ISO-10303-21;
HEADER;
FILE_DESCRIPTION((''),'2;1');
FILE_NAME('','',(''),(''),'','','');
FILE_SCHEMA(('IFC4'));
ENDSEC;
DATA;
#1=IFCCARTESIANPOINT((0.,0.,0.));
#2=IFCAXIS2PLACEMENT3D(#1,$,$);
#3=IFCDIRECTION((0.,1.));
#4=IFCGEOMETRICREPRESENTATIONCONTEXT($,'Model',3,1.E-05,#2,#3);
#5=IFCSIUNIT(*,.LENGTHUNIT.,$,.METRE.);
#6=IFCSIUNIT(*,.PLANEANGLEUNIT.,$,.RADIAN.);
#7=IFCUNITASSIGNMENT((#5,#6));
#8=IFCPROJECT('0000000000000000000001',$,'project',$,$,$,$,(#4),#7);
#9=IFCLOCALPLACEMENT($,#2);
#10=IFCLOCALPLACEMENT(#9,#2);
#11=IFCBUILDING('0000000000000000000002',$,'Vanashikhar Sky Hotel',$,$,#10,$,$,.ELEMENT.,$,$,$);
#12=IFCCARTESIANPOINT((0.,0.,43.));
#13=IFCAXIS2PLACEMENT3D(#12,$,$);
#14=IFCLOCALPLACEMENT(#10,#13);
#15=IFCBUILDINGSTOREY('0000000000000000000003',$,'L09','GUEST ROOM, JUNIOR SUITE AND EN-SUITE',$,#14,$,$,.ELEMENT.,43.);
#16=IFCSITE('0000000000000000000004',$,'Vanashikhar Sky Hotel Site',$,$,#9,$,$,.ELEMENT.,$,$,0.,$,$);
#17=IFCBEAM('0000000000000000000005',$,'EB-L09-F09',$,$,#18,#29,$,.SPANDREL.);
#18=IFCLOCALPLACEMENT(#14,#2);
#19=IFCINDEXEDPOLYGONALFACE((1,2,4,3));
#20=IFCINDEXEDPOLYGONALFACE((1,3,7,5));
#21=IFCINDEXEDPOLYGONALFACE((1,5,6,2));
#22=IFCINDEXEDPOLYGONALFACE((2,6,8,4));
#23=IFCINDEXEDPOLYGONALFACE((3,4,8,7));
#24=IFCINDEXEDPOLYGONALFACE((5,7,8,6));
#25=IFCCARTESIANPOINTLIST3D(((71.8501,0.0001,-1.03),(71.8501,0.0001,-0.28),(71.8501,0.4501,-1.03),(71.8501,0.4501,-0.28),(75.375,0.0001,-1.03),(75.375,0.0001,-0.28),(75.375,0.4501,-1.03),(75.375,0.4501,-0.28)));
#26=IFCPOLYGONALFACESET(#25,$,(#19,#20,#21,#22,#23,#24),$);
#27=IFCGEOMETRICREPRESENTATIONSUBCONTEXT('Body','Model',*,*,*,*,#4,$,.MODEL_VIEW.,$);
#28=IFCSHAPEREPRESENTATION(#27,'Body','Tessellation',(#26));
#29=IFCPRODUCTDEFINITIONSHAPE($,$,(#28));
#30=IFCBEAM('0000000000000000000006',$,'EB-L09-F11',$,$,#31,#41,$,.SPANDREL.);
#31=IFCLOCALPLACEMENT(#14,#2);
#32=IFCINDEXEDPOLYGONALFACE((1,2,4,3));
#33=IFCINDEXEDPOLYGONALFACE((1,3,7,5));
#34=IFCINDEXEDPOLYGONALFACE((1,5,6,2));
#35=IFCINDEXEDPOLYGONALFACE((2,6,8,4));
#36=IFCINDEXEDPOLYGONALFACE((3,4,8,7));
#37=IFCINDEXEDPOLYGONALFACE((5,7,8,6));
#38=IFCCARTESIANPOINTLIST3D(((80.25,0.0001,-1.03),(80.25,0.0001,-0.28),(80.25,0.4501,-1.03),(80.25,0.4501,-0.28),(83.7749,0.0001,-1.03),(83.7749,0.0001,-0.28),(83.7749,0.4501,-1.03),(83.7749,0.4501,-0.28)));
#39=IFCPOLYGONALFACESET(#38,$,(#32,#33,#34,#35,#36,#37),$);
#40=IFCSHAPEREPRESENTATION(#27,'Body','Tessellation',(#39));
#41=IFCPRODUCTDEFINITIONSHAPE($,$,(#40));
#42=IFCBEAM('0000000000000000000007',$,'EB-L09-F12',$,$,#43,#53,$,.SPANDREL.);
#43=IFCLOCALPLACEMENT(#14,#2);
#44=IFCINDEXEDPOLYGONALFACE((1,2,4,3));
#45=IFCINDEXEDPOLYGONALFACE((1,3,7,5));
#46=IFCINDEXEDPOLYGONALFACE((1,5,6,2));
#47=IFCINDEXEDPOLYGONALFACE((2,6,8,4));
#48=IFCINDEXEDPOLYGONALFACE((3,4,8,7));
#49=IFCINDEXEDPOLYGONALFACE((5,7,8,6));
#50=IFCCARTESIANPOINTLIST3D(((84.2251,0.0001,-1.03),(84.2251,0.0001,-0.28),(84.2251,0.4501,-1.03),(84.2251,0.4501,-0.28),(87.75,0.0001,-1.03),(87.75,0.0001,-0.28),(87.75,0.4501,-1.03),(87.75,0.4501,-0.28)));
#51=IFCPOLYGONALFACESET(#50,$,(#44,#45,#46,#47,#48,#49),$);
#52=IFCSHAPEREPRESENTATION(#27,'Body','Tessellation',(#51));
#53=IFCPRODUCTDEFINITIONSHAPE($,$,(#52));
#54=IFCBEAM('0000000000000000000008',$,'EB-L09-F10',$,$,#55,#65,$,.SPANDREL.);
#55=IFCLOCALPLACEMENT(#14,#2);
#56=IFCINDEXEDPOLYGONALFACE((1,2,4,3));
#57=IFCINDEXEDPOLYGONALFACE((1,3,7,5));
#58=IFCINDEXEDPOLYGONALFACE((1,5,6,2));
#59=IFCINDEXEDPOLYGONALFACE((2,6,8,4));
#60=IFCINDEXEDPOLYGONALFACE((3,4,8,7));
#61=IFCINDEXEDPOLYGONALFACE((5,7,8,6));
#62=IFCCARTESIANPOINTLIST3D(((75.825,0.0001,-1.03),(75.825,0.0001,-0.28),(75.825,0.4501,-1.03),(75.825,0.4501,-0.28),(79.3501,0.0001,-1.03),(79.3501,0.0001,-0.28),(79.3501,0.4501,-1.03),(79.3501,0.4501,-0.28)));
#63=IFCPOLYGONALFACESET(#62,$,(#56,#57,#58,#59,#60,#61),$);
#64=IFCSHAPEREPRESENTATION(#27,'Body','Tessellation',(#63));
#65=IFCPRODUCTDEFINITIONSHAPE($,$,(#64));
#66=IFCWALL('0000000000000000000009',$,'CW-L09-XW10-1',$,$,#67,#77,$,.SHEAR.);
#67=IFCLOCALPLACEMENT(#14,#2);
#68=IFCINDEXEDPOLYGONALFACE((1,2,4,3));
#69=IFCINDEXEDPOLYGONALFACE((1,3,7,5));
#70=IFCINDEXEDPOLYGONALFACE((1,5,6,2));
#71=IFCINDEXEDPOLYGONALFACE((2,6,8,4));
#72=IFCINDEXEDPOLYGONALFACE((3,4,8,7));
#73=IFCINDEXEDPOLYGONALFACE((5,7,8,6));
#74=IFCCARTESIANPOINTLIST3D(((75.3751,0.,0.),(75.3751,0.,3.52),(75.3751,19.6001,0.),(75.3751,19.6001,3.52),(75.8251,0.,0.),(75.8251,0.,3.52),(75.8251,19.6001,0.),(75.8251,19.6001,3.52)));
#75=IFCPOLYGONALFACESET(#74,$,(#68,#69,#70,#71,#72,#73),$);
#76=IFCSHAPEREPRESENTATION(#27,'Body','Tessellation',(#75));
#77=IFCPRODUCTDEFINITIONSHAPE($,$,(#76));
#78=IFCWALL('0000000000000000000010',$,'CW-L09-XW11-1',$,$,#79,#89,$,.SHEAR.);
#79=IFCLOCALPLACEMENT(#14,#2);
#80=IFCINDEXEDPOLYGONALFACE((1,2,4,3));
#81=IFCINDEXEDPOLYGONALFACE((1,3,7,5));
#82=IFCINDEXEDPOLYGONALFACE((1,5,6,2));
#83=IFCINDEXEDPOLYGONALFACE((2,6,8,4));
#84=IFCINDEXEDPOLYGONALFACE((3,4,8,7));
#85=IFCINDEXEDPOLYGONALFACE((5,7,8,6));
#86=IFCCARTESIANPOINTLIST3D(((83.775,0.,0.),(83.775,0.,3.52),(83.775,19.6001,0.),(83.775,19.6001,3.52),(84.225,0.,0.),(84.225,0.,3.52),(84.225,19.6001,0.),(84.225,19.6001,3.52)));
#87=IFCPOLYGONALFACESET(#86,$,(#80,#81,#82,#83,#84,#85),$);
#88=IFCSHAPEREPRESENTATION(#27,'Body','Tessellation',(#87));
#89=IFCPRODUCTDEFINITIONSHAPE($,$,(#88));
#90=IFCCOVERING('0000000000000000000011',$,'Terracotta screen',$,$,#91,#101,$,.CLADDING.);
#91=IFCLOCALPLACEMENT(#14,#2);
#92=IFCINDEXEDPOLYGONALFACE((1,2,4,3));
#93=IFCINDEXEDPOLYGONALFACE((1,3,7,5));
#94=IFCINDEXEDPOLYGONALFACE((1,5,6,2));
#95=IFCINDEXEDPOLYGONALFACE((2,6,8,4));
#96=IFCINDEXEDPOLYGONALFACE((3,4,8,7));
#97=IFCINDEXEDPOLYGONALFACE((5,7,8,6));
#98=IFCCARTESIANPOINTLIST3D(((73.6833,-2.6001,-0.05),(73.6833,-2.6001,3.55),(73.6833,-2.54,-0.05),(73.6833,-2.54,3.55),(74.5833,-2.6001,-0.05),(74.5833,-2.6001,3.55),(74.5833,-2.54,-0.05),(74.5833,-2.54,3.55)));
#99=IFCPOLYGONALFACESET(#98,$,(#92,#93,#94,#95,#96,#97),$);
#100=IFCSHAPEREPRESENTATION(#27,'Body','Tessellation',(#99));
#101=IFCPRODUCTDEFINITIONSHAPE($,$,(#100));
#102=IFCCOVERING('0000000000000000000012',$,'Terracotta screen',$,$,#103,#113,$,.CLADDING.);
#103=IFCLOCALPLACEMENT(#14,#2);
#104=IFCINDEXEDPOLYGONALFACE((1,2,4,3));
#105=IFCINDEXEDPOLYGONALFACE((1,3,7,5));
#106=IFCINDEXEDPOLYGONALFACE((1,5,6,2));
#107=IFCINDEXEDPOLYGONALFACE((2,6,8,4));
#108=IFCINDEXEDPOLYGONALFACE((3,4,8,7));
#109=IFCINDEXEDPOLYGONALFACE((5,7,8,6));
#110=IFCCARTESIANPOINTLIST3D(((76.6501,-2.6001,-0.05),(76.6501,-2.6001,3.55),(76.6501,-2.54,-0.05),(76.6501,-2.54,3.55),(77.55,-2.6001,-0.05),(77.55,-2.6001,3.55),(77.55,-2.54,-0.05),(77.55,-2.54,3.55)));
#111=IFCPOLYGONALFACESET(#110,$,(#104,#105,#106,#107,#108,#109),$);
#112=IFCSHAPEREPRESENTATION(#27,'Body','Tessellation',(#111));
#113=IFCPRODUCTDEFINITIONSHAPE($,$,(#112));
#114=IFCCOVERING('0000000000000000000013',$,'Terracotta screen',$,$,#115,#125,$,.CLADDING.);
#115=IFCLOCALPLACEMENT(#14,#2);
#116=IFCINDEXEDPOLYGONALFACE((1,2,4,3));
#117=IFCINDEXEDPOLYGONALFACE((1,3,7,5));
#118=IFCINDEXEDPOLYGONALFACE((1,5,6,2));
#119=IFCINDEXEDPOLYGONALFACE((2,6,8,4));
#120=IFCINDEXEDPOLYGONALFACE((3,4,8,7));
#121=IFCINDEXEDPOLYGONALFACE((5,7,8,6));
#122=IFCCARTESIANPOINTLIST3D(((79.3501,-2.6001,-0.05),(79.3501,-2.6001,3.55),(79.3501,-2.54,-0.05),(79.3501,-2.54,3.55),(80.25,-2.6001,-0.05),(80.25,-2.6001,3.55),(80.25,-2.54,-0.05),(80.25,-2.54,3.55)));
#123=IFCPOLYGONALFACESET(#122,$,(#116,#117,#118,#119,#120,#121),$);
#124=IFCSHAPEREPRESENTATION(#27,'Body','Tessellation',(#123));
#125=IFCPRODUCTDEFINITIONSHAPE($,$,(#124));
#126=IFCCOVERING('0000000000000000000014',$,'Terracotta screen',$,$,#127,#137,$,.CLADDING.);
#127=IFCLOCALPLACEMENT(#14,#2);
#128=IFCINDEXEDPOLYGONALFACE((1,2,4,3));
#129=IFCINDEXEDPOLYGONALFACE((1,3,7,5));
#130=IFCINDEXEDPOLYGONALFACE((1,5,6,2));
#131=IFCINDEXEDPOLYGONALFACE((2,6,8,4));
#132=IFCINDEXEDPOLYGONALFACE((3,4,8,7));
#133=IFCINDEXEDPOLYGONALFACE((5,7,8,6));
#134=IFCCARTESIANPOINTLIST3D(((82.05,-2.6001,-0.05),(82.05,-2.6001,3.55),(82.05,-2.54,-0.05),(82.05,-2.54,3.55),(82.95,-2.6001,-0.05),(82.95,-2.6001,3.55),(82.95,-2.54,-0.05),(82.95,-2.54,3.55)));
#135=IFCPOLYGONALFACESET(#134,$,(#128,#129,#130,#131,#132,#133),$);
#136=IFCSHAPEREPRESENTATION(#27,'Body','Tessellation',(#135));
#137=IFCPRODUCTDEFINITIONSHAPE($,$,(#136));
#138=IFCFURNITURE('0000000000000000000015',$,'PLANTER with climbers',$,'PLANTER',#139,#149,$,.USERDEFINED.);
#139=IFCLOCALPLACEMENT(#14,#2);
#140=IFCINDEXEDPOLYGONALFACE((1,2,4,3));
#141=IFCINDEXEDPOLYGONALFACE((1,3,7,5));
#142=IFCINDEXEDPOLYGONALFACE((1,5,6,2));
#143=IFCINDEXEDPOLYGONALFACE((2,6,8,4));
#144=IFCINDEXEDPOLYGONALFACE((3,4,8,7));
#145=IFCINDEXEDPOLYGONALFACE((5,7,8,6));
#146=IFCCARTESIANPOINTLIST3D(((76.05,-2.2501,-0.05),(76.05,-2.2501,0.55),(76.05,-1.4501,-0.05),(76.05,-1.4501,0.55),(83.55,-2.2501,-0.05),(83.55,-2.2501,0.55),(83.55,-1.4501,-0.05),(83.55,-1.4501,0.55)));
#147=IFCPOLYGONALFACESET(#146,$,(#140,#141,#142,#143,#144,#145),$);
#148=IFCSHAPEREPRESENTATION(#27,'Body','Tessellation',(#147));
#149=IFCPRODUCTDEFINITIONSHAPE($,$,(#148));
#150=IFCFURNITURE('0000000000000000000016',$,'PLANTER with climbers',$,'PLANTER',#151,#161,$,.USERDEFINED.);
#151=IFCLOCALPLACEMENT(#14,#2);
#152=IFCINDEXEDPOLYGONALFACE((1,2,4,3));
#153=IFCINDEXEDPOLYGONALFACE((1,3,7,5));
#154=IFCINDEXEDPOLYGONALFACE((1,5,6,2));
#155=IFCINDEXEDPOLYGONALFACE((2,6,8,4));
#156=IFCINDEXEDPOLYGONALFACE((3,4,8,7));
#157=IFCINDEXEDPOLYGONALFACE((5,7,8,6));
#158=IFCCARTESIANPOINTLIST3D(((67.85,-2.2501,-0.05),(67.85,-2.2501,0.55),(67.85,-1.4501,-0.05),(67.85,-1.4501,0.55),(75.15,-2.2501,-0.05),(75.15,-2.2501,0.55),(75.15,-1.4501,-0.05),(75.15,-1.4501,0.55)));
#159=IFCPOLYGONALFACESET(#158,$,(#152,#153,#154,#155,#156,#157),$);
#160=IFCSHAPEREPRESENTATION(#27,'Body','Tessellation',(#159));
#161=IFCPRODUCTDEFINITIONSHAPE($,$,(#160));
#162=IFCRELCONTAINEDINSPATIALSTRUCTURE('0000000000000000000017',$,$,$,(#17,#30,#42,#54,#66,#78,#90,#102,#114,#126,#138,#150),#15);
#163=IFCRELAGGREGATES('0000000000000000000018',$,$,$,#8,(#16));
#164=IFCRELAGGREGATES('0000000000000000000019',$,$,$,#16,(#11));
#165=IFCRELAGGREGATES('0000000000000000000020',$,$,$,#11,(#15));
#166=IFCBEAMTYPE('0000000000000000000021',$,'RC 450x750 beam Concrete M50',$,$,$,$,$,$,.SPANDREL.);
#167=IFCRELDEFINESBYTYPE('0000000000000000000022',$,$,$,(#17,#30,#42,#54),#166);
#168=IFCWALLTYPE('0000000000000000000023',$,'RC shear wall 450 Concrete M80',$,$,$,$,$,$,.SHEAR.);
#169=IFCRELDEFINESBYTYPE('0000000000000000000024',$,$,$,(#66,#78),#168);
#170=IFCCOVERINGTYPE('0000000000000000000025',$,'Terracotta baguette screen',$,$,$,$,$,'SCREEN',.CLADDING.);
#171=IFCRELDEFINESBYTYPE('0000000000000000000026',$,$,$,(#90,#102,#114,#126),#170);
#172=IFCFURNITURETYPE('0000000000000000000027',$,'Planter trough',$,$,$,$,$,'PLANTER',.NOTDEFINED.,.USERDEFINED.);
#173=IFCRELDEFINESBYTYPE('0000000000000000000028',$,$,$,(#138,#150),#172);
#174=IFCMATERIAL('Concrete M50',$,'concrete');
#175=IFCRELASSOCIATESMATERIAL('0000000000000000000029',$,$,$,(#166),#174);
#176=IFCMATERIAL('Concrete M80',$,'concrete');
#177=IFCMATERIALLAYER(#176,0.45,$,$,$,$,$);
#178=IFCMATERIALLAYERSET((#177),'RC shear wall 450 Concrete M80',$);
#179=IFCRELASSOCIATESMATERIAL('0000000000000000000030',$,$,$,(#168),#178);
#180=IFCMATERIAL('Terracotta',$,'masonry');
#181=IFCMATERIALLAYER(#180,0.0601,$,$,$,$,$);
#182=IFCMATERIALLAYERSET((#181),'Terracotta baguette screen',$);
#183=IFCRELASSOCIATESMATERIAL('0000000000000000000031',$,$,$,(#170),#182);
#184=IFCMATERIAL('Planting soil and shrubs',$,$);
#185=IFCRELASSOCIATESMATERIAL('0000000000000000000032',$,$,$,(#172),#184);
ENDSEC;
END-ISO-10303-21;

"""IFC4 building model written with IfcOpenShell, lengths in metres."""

from ifc_helpers import new_model, si_unit, direction, frame, frame_2d, origin, origin_2d, place, context, subcontext, project, spatial, rectangle, extrude, source, transform, mapped, material, layer, layer_set, material_profile, profile_set, type_object, element, save


model = new_model("IFC4")

# Units and contexts
model_context = context("Model", 3, precision=1e-05, world=origin(), true_north=direction((0.0, 1.0)))
body_context = subcontext(model_context, "Body", "Model", "MODEL_VIEW")
ifc_project = project(units=[si_unit("LENGTHUNIT", "METRE"), si_unit("PLANEANGLEUNIT", "RADIAN")], contexts=[model_context])

# Site, building, storey
site_placement = place(None, origin())
site = spatial("IfcSite", under=ifc_project, at=site_placement, Name="Vanashikhar Sky Hotel Site", CompositionType="ELEMENT", RefElevation=0.0)
building_placement = place(site_placement, origin())
building = spatial("IfcBuilding", under=site, at=building_placement, Name="Vanashikhar Sky Hotel", CompositionType="ELEMENT")
storey_placement = place(building_placement, frame((0.0, 0.0, 43.0)))
storey = spatial("IfcBuildingStorey", under=building, at=storey_placement, Name="L09", Description="GUEST ROOM, JUNIOR SUITE AND EN-SUITE", CompositionType="ELEMENT", Elevation=43.0)

# Beams
ifc_material_1 = material(Name="Concrete M50", Category="concrete")
ifc_material_profile = material_profile(ifc_material_1, rectangle(XDim=0.45, YDim=0.75, at=origin_2d()))
ifc_profile_set = profile_set([ifc_material_profile], Name="RC 450x750 beam Concrete M50")
beam_type = type_object("IfcBeamType", Name="RC 450x750 beam Concrete M50", PredefinedType="SPANDREL", material=ifc_profile_set)
shared_shape_1 = source(origin(), body_context, "Body", "SweptSolid", [
    extrude(rectangle(XDim=0.45, YDim=0.75, at=origin_2d()), origin(), (0.0, 0.0, 1.0), 3.5249),
])
for number, where, z_axis, x_axis, name in (
    (1, (71.8501, 0.2251, -0.655), (1.0, 0.0, 0.0), (0.0, 1.0, 0.0), "EB-L09-F09"),
    (2, (80.25, 0.2251, -0.655), (1.0, 0.0, 0.0), (0.0, 1.0, 0.0), "EB-L09-F11"),
    (3, (84.2251, 0.2251, -0.655), (1.0, 0.0, 0.0), (0.0, 1.0, 0.0), "EB-L09-F12"),
):
    element("IfcBeam", number, at=place(storey_placement, frame(where, z_axis=z_axis, x_axis=x_axis)), inside=storey, type_object=beam_type, Name=name, PredefinedType="SPANDREL", context=body_context, shape_type="MappedRepresentation", body=[
        mapped(shared_shape_1, transform((0.0, 0.0, 0.0), scale=1.0)),
    ])
shared_shape_2 = source(origin(), body_context, "Body", "SweptSolid", [
    extrude(rectangle(XDim=0.45, YDim=0.75, at=origin_2d()), origin(), (0.0, 0.0, 1.0), 3.5251),
])
beam_placement = place(storey_placement, frame((75.825, 0.2251, -0.655), z_axis=(1.0, 0.0, 0.0), x_axis=(0.0, 1.0, 0.0)))
element("IfcBeam", 4, at=beam_placement, inside=storey, type_object=beam_type, Name="EB-L09-F10", PredefinedType="SPANDREL", context=body_context, shape_type="MappedRepresentation", body=[
    mapped(shared_shape_2, transform((0.0, 0.0, 0.0), scale=1.0)),
])

# Walls
ifc_material_2 = material(Name="Concrete M80", Category="concrete")
ifc_layer_1 = layer(ifc_material_2, 0.45)
ifc_layer_set_1 = layer_set([ifc_layer_1], Name="RC shear wall 450 Concrete M80")
wall_type = type_object("IfcWallType", Name="RC shear wall 450 Concrete M80", PredefinedType="SHEAR", material=ifc_layer_set_1)
shared_shape_3 = source(origin(), body_context, "Body", "SweptSolid", [
    extrude(rectangle(XDim=19.6001, YDim=0.45, at=frame_2d((9.8, 0.0))), origin(), (0.0, 0.0, 1.0), 3.52),
])
for number, where, z_axis, x_axis, name in (
    (5, (75.6001, 0.0, 0.0), (0.0, 0.0, 1.0), (0.0, 1.0, 0.0), "CW-L09-XW10-1"),
    (6, (84.0, 0.0, 0.0), (0.0, 0.0, 1.0), (0.0, 1.0, 0.0), "CW-L09-XW11-1"),
):
    element("IfcWall", number, at=place(storey_placement, frame(where, z_axis=z_axis, x_axis=x_axis)), inside=storey, type_object=wall_type, Name=name, PredefinedType="SHEAR", context=body_context, shape_type="MappedRepresentation", body=[
        mapped(shared_shape_3, transform((0.0, 0.0, 0.0), scale=1.0)),
    ])

# Coverings
ifc_material_3 = material(Name="Terracotta", Category="masonry")
ifc_layer_2 = layer(ifc_material_3, 0.0601)
ifc_layer_set_2 = layer_set([ifc_layer_2], Name="Terracotta baguette screen")
covering_type = type_object("IfcCoveringType", Name="Terracotta baguette screen", ElementType="SCREEN", PredefinedType="CLADDING", material=ifc_layer_set_2)
shared_shape_4 = source(origin(), body_context, "Body", "SweptSolid", [
    extrude(rectangle(XDim=0.8999, YDim=0.0601, at=origin_2d()), origin(), (0.0, 0.0, 1.0), 3.6001),
])
for number, where, z_axis, x_axis, name in (
    (7, (74.1333, -2.5701, -0.05), (0.0, 0.0, 1.0), (1.0, 0.0, 0.0), "Terracotta screen"),
    (8, (77.1001, -2.5701, -0.05), (0.0, 0.0, 1.0), (1.0, 0.0, 0.0), "Terracotta screen"),
    (9, (79.8, -2.5701, -0.05), (0.0, 0.0, 1.0), (1.0, 0.0, 0.0), "Terracotta screen"),
    (10, (82.5, -2.5701, -0.05), (0.0, 0.0, 1.0), (1.0, 0.0, 0.0), "Terracotta screen"),
):
    element("IfcCovering", number, at=place(storey_placement, frame(where, z_axis=z_axis, x_axis=x_axis)), inside=storey, type_object=covering_type, Name=name, PredefinedType="CLADDING", context=body_context, shape_type="MappedRepresentation", body=[
        mapped(shared_shape_4, transform((0.0, 0.0, 0.0), scale=1.0)),
    ])

# Furniture
ifc_material_4 = material(Name="Planting soil and shrubs")
furniture_type = type_object("IfcFurnitureType", Name="Planter trough", ElementType="PLANTER", AssemblyPlace="NOTDEFINED", PredefinedType="USERDEFINED", material=ifc_material_4)
shared_shape_5 = source(origin(), body_context, "Body", "SweptSolid", [
    extrude(rectangle(XDim=7.5, YDim=0.8, at=origin_2d()), origin(), (0.0, 0.0, 1.0), 0.6001),
])
furniture_1_placement = place(storey_placement, frame((79.8, -1.8501, -0.05), z_axis=(0.0, 0.0, 1.0), x_axis=(1.0, 0.0, 0.0)))
element("IfcFurniture", 11, at=furniture_1_placement, inside=storey, type_object=furniture_type, Name="PLANTER with climbers", ObjectType="PLANTER", PredefinedType="USERDEFINED", context=body_context, shape_type="MappedRepresentation", body=[
    mapped(shared_shape_5, transform((0.0, 0.0, 0.0), scale=1.0)),
])
shared_shape_6 = source(origin(), body_context, "Body", "SweptSolid", [
    extrude(rectangle(XDim=7.3, YDim=0.8, at=origin_2d()), origin(), (0.0, 0.0, 1.0), 0.6001),
])
furniture_2_placement = place(storey_placement, frame((71.5, -1.8501, -0.05), z_axis=(0.0, 0.0, 1.0), x_axis=(1.0, 0.0, 0.0)))
element("IfcFurniture", 12, at=furniture_2_placement, inside=storey, type_object=furniture_type, Name="PLANTER with climbers", ObjectType="PLANTER", PredefinedType="USERDEFINED", context=body_context, shape_type="MappedRepresentation", body=[
    mapped(shared_shape_6, transform((0.0, 0.0, 0.0), scale=1.0)),
])

save(model, "model.ifc")
